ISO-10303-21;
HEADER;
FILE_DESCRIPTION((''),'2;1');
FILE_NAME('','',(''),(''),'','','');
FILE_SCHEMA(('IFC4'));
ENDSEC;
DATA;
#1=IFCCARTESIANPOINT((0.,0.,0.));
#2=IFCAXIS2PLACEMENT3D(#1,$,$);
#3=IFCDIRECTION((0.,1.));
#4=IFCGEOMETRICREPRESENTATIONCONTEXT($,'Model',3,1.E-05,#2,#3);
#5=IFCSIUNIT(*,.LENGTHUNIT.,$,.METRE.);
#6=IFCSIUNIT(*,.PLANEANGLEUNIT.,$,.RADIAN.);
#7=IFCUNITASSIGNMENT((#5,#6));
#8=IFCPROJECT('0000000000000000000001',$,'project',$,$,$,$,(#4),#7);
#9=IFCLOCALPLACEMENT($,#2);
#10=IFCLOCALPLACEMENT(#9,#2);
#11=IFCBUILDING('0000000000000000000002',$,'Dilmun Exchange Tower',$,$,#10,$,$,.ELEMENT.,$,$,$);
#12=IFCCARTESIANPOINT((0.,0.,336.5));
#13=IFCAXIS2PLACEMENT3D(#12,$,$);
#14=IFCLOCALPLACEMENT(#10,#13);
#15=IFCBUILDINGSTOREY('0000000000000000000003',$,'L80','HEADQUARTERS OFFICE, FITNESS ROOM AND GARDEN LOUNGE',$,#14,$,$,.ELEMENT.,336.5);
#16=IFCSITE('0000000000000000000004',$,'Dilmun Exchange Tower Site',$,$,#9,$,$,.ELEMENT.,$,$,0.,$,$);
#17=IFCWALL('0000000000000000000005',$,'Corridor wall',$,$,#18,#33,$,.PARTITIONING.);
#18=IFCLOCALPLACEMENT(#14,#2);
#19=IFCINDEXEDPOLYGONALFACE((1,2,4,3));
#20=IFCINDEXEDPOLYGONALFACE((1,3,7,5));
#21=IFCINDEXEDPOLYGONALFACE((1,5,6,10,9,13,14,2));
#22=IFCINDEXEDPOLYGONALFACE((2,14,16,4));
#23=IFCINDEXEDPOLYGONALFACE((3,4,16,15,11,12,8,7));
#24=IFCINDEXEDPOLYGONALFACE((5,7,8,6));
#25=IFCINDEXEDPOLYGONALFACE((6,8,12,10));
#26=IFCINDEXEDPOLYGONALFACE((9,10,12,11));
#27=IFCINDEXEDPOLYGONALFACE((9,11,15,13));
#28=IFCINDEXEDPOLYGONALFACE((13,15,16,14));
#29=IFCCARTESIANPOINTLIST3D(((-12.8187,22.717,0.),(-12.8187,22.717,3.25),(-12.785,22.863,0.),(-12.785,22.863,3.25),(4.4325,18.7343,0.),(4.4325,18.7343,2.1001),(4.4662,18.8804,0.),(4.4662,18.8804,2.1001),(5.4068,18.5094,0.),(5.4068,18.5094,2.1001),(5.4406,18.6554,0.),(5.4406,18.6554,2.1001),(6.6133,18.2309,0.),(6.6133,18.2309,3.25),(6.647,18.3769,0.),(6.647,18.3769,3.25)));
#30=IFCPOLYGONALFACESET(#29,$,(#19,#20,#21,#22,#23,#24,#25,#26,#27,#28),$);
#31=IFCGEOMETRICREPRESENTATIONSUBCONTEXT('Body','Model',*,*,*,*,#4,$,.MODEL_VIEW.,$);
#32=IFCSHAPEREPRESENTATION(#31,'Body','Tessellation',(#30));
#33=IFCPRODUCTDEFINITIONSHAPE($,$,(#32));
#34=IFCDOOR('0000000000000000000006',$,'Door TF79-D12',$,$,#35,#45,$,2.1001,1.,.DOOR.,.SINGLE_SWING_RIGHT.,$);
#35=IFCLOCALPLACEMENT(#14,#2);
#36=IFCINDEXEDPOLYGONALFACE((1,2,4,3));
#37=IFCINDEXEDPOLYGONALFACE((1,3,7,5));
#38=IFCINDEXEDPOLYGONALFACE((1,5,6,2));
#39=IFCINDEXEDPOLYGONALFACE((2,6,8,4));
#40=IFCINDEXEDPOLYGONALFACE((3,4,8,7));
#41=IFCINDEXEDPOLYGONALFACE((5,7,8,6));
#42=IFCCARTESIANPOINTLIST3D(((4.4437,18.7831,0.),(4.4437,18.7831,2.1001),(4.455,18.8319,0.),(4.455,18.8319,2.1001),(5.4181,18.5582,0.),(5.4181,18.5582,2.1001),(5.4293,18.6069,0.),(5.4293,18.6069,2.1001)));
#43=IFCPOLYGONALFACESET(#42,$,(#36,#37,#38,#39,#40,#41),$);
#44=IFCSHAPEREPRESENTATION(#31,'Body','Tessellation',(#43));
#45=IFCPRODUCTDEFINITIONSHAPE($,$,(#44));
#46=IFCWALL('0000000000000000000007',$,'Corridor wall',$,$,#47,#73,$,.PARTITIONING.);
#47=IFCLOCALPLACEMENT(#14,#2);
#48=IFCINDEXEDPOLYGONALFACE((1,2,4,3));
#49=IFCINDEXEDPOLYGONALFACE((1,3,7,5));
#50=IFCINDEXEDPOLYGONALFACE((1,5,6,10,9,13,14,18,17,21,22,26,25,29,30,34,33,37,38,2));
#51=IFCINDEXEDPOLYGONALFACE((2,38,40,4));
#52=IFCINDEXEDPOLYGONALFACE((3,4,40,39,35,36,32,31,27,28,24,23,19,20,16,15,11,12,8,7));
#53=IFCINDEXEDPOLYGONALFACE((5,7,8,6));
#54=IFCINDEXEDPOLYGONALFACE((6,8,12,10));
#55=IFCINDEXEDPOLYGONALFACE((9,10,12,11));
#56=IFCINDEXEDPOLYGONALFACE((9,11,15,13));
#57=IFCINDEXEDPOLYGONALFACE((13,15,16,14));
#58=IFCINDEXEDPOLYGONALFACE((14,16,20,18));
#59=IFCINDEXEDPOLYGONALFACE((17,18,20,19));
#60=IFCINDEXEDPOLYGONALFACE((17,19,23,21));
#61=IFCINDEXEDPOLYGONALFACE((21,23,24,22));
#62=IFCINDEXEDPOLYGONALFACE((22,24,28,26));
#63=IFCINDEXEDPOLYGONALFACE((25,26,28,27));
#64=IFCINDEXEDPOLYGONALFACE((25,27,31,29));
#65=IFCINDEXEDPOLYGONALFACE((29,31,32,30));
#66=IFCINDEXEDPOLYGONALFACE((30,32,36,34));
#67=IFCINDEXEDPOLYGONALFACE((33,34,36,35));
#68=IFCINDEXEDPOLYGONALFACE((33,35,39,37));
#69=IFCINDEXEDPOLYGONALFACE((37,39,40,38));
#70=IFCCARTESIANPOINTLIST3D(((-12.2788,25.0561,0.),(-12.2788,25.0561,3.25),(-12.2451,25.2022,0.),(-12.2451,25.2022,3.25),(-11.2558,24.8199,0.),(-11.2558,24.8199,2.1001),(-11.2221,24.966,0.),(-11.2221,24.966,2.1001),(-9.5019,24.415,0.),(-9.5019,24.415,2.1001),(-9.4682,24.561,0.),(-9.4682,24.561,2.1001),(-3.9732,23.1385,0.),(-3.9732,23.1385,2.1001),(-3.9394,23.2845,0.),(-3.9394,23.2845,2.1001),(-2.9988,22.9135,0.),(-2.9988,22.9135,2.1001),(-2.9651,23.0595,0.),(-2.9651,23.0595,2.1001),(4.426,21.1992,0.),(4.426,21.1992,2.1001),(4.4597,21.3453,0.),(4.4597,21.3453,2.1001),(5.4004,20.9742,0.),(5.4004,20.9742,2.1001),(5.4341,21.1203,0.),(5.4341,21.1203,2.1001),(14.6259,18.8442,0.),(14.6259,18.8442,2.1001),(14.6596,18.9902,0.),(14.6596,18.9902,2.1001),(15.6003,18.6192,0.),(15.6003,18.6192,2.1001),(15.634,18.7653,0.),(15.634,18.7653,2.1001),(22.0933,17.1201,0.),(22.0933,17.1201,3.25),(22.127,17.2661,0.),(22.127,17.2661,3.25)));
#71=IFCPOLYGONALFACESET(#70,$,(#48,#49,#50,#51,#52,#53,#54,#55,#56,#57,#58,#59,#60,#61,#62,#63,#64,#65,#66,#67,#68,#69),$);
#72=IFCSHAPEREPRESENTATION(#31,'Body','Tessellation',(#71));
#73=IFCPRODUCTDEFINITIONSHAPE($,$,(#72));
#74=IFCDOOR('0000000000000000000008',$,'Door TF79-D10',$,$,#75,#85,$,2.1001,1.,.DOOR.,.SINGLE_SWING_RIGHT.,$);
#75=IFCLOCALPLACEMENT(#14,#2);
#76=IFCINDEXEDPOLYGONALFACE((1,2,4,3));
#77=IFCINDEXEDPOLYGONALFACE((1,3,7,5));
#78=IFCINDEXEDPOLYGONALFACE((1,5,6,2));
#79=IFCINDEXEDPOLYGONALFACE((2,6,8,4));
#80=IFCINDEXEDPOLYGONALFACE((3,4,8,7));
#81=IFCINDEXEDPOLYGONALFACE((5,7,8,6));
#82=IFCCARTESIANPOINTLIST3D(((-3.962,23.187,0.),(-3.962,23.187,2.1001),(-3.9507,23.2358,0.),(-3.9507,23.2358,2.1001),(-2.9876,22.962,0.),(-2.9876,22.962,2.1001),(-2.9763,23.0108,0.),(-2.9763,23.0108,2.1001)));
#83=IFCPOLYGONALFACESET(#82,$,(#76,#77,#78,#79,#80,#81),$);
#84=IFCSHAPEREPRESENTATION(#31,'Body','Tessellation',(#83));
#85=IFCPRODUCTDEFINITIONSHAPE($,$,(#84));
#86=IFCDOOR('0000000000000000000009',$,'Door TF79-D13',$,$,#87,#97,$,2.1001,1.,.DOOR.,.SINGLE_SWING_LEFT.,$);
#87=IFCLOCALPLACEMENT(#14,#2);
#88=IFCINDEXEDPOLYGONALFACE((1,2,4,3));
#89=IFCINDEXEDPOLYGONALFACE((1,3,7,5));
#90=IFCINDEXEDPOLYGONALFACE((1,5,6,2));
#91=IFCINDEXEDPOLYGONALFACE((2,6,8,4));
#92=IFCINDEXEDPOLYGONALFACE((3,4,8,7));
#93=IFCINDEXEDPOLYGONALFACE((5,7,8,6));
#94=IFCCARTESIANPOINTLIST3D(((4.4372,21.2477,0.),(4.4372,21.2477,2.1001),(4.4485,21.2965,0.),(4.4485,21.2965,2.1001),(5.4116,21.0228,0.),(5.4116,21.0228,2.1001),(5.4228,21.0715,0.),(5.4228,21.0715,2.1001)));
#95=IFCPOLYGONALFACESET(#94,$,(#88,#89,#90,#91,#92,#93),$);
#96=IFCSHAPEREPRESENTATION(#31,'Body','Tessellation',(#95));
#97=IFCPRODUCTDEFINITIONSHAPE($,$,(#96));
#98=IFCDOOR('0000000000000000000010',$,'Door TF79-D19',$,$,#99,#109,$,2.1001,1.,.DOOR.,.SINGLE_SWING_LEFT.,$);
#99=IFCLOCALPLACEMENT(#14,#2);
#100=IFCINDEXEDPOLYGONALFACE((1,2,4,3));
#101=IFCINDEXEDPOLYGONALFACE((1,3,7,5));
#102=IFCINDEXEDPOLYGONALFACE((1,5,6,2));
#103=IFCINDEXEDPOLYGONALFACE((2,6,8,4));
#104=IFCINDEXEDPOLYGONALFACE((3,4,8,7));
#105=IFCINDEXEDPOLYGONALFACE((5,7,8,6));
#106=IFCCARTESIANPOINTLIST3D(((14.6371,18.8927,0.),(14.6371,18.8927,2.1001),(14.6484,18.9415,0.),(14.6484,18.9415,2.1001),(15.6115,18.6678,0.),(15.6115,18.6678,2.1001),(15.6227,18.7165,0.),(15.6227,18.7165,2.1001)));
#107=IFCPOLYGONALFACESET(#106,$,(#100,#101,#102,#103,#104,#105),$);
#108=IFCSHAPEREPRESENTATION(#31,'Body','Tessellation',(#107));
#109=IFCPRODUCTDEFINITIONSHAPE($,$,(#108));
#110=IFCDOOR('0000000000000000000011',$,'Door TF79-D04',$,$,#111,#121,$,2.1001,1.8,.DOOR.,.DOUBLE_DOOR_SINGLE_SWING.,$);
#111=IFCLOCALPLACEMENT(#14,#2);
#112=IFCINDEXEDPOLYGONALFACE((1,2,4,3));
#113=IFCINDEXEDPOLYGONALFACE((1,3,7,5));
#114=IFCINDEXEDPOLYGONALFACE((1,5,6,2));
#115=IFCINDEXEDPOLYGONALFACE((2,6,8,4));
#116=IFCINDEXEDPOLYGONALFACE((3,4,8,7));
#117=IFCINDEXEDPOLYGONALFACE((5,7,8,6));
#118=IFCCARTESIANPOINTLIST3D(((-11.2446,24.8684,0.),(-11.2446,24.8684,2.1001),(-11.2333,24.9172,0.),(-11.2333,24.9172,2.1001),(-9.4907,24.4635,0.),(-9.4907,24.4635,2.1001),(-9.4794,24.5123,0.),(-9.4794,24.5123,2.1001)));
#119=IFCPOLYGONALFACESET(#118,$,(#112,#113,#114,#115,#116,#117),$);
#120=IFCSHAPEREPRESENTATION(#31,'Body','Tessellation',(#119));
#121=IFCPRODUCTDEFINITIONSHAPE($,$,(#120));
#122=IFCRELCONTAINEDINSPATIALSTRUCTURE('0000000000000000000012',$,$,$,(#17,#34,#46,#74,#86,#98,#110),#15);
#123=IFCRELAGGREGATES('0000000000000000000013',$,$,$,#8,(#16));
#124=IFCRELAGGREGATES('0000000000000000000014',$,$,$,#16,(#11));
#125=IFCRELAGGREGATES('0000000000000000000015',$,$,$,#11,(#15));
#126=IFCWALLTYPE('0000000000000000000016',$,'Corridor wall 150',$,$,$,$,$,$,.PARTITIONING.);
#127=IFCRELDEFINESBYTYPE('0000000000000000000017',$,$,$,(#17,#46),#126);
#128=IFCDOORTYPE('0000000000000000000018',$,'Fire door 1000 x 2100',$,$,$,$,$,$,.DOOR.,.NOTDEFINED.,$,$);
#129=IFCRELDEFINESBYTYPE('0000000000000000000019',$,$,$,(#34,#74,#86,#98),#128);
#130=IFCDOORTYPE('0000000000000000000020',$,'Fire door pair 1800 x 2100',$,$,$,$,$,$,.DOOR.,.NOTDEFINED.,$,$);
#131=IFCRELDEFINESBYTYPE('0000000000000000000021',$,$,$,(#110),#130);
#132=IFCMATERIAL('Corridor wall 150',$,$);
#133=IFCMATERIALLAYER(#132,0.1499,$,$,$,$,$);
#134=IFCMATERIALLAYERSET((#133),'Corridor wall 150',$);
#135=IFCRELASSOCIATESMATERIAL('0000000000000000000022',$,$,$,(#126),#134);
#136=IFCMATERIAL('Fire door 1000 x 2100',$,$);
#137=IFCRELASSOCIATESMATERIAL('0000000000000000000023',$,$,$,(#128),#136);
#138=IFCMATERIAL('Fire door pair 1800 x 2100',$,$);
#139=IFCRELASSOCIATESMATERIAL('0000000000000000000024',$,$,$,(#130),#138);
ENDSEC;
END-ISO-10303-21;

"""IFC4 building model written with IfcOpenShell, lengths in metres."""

from ifc_helpers import new_model, si_unit, direction, frame, frame_2d, origin, place, context, subcontext, project, spatial, rectangle, extrude, material, layer, layer_set, type_object, element, fill, save


model = new_model("IFC4")

# Units and contexts
model_context = context("Model", 3, precision=1e-05, world=origin(), true_north=direction((0.0, 1.0)))
body_context = subcontext(model_context, "Body", "Model", "MODEL_VIEW")
ifc_project = project(units=[si_unit("LENGTHUNIT", "METRE"), si_unit("PLANEANGLEUNIT", "RADIAN")], contexts=[model_context])

# Site, building, storey
site_placement = place(None, origin())
site = spatial("IfcSite", under=ifc_project, at=site_placement, Name="Dilmun Exchange Tower Site", CompositionType="ELEMENT", RefElevation=0.0)
building_placement = place(site_placement, origin())
building = spatial("IfcBuilding", under=site, at=building_placement, Name="Dilmun Exchange Tower", CompositionType="ELEMENT")
storey_placement = place(building_placement, frame((0.0, 0.0, 336.5)))
storey = spatial("IfcBuildingStorey", under=building, at=storey_placement, Name="L80", Description="HEADQUARTERS OFFICE, FITNESS ROOM AND GARDEN LOUNGE", CompositionType="ELEMENT", Elevation=336.5)

# Shared definitions
ifc_material_1 = material(Name="Corridor wall 150")
ifc_layer_1 = layer(ifc_material_1, 0.1499)
ifc_layer_set_1 = layer_set([ifc_layer_1], Name="Corridor wall 150")
wall_type = type_object("IfcWallType", Name="Corridor wall 150", PredefinedType="PARTITIONING", material=ifc_layer_set_1)

# Wall, opening, door
wall_1_placement = place(storey_placement, frame((-12.802, 22.79, 0.0), z_axis=(0.0, 0.0, 1.0), x_axis=(0.974371, -0.224945, 0.0)))
wall_1 = element("IfcWall", 1, at=wall_1_placement, inside=storey, type_object=wall_type, Name="Corridor wall", PredefinedType="PARTITIONING", context=body_context, shape_type="SweptSolid", body=[
    extrude(rectangle(XDim=19.9431, YDim=0.1499, at=frame_2d((9.9717, 0.0))), origin(), (0.0, 0.0, 1.0), 3.25),
])
opening_1_placement = place(wall_1_placement, frame((17.7051, 0.0, 0.0)))
opening_1 = element("IfcOpeningElement", 2, at=opening_1_placement, cuts=wall_1, PredefinedType="OPENING", context=body_context, shape_type="SweptSolid", body=[
    extrude(rectangle(XDim=1.0, YDim=2.1001, at=frame_2d((0.5, 1.05))), frame((0.0, 0.085, 0.0), z_axis=(0.0, -1.0, 0.0), x_axis=(1.0, 0.0, 0.0)), (0.0, 0.0, 1.0), 0.1699),
])
ifc_material_2 = material(Name="Fire door 1000 x 2100")
door_type_1 = type_object("IfcDoorType", Name="Fire door 1000 x 2100", OperationType="NOTDEFINED", PredefinedType="DOOR", material=ifc_material_2)
door_1_placement = place(opening_1_placement, frame((1.0, 0.0, 0.0), z_axis=(0.0, 0.0, 1.0), x_axis=(-1.0, 0.0, 0.0)))
door_1 = element("IfcDoor", 3, at=door_1_placement, inside=storey, type_object=door_type_1, Name="Door TF79-D12", OperationType="SINGLE_SWING_RIGHT", OverallHeight=2.1001, OverallWidth=1.0, PredefinedType="DOOR", context=body_context, shape_type="SweptSolid", body=[
    extrude(rectangle(XDim=1.0, YDim=2.1001, at=frame_2d((0.5, 1.05))), frame((0.0, 0.0249, 0.0), z_axis=(0.0, -1.0, 0.0), x_axis=(1.0, 0.0, 0.0)), (0.0, 0.0, 1.0), 0.05),
])
fill(opening_1, door_1)

# Wall, openings, doors
wall_2_placement = place(storey_placement, frame((-12.262, 25.1292, 0.0), z_axis=(0.0, 0.0, 1.0), x_axis=(0.974366, -0.224968, 0.0)))
wall_2 = element("IfcWall", 4, at=wall_2_placement, inside=storey, type_object=wall_type, Name="Corridor wall", PredefinedType="PARTITIONING", context=body_context, shape_type="SweptSolid", body=[
    extrude(rectangle(XDim=35.2764, YDim=0.1499, at=frame_2d((17.6382, 0.0))), origin(), (0.0, 0.0, 1.0), 3.25),
])
opening_2_placement = place(wall_2_placement, frame((1.05, 0.0, 0.0)))
opening_2 = element("IfcOpeningElement", 5, at=opening_2_placement, cuts=wall_2, PredefinedType="OPENING", context=body_context, shape_type="SweptSolid", body=[
    extrude(rectangle(XDim=1.8, YDim=2.1001, at=frame_2d((0.8999, 1.05))), frame((0.0, 0.085, 0.0), z_axis=(0.0, -1.0, 0.0), x_axis=(1.0, 0.0, 0.0)), (0.0, 0.0, 1.0), 0.1699),
])
opening_3_placement = place(wall_2_placement, frame((8.5242, 0.0, 0.0)))
opening_3 = element("IfcOpeningElement", 6, at=opening_3_placement, cuts=wall_2, PredefinedType="OPENING", context=body_context, shape_type="SweptSolid", body=[
    extrude(rectangle(XDim=1.0, YDim=2.1001, at=frame_2d((0.5, 1.05))), frame((0.0, 0.085, 0.0), z_axis=(0.0, -1.0, 0.0), x_axis=(1.0, 0.0, 0.0)), (0.0, 0.0, 1.0), 0.1699),
])
opening_4_placement = place(wall_2_placement, frame((17.1443, 0.0, 0.0)))
opening_4 = element("IfcOpeningElement", 7, at=opening_4_placement, cuts=wall_2, PredefinedType="OPENING", context=body_context, shape_type="SweptSolid", body=[
    extrude(rectangle(XDim=1.0, YDim=2.1001, at=frame_2d((0.5, 1.05))), frame((0.0, 0.085, 0.0), z_axis=(0.0, -1.0, 0.0), x_axis=(1.0, 0.0, 0.0)), (0.0, 0.0, 1.0), 0.1699),
])
opening_5_placement = place(wall_2_placement, frame((27.6125, 0.0, 0.0)))
opening_5 = element("IfcOpeningElement", 8, at=opening_5_placement, cuts=wall_2, PredefinedType="OPENING", context=body_context, shape_type="SweptSolid", body=[
    extrude(rectangle(XDim=1.0, YDim=2.1001, at=frame_2d((0.5, 1.05))), frame((0.0, 0.085, 0.0), z_axis=(0.0, -1.0, 0.0), x_axis=(1.0, 0.0, 0.0)), (0.0, 0.0, 1.0), 0.1699),
])
door_2_placement = place(opening_3_placement, origin())
door_2 = element("IfcDoor", 9, at=door_2_placement, inside=storey, type_object=door_type_1, Name="Door TF79-D10", OperationType="SINGLE_SWING_RIGHT", OverallHeight=2.1001, OverallWidth=1.0, PredefinedType="DOOR", context=body_context, shape_type="SweptSolid", body=[
    extrude(rectangle(XDim=1.0, YDim=2.1001, at=frame_2d((0.5, 1.05))), frame((0.0, 0.0249, 0.0), z_axis=(0.0, -1.0, 0.0), x_axis=(1.0, 0.0, 0.0)), (0.0, 0.0, 1.0), 0.05),
])
fill(opening_3, door_2)
door_3_placement = place(opening_4_placement, origin())
door_3 = element("IfcDoor", 10, at=door_3_placement, inside=storey, type_object=door_type_1, Name="Door TF79-D13", OperationType="SINGLE_SWING_LEFT", OverallHeight=2.1001, OverallWidth=1.0, PredefinedType="DOOR", context=body_context, shape_type="SweptSolid", body=[
    extrude(rectangle(XDim=1.0, YDim=2.1001, at=frame_2d((0.5, 1.05))), frame((0.0, 0.0249, 0.0), z_axis=(0.0, -1.0, 0.0), x_axis=(1.0, 0.0, 0.0)), (0.0, 0.0, 1.0), 0.05),
])
fill(opening_4, door_3)
door_4_placement = place(opening_5_placement, origin())
door_4 = element("IfcDoor", 11, at=door_4_placement, inside=storey, type_object=door_type_1, Name="Door TF79-D19", OperationType="SINGLE_SWING_LEFT", OverallHeight=2.1001, OverallWidth=1.0, PredefinedType="DOOR", context=body_context, shape_type="SweptSolid", body=[
    extrude(rectangle(XDim=1.0, YDim=2.1001, at=frame_2d((0.5, 1.05))), frame((0.0, 0.0249, 0.0), z_axis=(0.0, -1.0, 0.0), x_axis=(1.0, 0.0, 0.0)), (0.0, 0.0, 1.0), 0.05),
])
fill(opening_5, door_4)
ifc_material_3 = material(Name="Fire door pair 1800 x 2100")
door_type_2 = type_object("IfcDoorType", Name="Fire door pair 1800 x 2100", OperationType="NOTDEFINED", PredefinedType="DOOR", material=ifc_material_3)
door_5_placement = place(opening_2_placement, origin())
door_5 = element("IfcDoor", 12, at=door_5_placement, inside=storey, type_object=door_type_2, Name="Door TF79-D04", OperationType="DOUBLE_DOOR_SINGLE_SWING", OverallHeight=2.1001, OverallWidth=1.8, PredefinedType="DOOR", context=body_context, shape_type="SweptSolid", body=[
    extrude(rectangle(XDim=1.8, YDim=2.1001, at=frame_2d((0.8999, 1.05))), frame((0.0, 0.0249, 0.0), z_axis=(0.0, -1.0, 0.0), x_axis=(1.0, 0.0, 0.0)), (0.0, 0.0, 1.0), 0.05),
])
fill(opening_2, door_5)

save(model, "model.ifc")
